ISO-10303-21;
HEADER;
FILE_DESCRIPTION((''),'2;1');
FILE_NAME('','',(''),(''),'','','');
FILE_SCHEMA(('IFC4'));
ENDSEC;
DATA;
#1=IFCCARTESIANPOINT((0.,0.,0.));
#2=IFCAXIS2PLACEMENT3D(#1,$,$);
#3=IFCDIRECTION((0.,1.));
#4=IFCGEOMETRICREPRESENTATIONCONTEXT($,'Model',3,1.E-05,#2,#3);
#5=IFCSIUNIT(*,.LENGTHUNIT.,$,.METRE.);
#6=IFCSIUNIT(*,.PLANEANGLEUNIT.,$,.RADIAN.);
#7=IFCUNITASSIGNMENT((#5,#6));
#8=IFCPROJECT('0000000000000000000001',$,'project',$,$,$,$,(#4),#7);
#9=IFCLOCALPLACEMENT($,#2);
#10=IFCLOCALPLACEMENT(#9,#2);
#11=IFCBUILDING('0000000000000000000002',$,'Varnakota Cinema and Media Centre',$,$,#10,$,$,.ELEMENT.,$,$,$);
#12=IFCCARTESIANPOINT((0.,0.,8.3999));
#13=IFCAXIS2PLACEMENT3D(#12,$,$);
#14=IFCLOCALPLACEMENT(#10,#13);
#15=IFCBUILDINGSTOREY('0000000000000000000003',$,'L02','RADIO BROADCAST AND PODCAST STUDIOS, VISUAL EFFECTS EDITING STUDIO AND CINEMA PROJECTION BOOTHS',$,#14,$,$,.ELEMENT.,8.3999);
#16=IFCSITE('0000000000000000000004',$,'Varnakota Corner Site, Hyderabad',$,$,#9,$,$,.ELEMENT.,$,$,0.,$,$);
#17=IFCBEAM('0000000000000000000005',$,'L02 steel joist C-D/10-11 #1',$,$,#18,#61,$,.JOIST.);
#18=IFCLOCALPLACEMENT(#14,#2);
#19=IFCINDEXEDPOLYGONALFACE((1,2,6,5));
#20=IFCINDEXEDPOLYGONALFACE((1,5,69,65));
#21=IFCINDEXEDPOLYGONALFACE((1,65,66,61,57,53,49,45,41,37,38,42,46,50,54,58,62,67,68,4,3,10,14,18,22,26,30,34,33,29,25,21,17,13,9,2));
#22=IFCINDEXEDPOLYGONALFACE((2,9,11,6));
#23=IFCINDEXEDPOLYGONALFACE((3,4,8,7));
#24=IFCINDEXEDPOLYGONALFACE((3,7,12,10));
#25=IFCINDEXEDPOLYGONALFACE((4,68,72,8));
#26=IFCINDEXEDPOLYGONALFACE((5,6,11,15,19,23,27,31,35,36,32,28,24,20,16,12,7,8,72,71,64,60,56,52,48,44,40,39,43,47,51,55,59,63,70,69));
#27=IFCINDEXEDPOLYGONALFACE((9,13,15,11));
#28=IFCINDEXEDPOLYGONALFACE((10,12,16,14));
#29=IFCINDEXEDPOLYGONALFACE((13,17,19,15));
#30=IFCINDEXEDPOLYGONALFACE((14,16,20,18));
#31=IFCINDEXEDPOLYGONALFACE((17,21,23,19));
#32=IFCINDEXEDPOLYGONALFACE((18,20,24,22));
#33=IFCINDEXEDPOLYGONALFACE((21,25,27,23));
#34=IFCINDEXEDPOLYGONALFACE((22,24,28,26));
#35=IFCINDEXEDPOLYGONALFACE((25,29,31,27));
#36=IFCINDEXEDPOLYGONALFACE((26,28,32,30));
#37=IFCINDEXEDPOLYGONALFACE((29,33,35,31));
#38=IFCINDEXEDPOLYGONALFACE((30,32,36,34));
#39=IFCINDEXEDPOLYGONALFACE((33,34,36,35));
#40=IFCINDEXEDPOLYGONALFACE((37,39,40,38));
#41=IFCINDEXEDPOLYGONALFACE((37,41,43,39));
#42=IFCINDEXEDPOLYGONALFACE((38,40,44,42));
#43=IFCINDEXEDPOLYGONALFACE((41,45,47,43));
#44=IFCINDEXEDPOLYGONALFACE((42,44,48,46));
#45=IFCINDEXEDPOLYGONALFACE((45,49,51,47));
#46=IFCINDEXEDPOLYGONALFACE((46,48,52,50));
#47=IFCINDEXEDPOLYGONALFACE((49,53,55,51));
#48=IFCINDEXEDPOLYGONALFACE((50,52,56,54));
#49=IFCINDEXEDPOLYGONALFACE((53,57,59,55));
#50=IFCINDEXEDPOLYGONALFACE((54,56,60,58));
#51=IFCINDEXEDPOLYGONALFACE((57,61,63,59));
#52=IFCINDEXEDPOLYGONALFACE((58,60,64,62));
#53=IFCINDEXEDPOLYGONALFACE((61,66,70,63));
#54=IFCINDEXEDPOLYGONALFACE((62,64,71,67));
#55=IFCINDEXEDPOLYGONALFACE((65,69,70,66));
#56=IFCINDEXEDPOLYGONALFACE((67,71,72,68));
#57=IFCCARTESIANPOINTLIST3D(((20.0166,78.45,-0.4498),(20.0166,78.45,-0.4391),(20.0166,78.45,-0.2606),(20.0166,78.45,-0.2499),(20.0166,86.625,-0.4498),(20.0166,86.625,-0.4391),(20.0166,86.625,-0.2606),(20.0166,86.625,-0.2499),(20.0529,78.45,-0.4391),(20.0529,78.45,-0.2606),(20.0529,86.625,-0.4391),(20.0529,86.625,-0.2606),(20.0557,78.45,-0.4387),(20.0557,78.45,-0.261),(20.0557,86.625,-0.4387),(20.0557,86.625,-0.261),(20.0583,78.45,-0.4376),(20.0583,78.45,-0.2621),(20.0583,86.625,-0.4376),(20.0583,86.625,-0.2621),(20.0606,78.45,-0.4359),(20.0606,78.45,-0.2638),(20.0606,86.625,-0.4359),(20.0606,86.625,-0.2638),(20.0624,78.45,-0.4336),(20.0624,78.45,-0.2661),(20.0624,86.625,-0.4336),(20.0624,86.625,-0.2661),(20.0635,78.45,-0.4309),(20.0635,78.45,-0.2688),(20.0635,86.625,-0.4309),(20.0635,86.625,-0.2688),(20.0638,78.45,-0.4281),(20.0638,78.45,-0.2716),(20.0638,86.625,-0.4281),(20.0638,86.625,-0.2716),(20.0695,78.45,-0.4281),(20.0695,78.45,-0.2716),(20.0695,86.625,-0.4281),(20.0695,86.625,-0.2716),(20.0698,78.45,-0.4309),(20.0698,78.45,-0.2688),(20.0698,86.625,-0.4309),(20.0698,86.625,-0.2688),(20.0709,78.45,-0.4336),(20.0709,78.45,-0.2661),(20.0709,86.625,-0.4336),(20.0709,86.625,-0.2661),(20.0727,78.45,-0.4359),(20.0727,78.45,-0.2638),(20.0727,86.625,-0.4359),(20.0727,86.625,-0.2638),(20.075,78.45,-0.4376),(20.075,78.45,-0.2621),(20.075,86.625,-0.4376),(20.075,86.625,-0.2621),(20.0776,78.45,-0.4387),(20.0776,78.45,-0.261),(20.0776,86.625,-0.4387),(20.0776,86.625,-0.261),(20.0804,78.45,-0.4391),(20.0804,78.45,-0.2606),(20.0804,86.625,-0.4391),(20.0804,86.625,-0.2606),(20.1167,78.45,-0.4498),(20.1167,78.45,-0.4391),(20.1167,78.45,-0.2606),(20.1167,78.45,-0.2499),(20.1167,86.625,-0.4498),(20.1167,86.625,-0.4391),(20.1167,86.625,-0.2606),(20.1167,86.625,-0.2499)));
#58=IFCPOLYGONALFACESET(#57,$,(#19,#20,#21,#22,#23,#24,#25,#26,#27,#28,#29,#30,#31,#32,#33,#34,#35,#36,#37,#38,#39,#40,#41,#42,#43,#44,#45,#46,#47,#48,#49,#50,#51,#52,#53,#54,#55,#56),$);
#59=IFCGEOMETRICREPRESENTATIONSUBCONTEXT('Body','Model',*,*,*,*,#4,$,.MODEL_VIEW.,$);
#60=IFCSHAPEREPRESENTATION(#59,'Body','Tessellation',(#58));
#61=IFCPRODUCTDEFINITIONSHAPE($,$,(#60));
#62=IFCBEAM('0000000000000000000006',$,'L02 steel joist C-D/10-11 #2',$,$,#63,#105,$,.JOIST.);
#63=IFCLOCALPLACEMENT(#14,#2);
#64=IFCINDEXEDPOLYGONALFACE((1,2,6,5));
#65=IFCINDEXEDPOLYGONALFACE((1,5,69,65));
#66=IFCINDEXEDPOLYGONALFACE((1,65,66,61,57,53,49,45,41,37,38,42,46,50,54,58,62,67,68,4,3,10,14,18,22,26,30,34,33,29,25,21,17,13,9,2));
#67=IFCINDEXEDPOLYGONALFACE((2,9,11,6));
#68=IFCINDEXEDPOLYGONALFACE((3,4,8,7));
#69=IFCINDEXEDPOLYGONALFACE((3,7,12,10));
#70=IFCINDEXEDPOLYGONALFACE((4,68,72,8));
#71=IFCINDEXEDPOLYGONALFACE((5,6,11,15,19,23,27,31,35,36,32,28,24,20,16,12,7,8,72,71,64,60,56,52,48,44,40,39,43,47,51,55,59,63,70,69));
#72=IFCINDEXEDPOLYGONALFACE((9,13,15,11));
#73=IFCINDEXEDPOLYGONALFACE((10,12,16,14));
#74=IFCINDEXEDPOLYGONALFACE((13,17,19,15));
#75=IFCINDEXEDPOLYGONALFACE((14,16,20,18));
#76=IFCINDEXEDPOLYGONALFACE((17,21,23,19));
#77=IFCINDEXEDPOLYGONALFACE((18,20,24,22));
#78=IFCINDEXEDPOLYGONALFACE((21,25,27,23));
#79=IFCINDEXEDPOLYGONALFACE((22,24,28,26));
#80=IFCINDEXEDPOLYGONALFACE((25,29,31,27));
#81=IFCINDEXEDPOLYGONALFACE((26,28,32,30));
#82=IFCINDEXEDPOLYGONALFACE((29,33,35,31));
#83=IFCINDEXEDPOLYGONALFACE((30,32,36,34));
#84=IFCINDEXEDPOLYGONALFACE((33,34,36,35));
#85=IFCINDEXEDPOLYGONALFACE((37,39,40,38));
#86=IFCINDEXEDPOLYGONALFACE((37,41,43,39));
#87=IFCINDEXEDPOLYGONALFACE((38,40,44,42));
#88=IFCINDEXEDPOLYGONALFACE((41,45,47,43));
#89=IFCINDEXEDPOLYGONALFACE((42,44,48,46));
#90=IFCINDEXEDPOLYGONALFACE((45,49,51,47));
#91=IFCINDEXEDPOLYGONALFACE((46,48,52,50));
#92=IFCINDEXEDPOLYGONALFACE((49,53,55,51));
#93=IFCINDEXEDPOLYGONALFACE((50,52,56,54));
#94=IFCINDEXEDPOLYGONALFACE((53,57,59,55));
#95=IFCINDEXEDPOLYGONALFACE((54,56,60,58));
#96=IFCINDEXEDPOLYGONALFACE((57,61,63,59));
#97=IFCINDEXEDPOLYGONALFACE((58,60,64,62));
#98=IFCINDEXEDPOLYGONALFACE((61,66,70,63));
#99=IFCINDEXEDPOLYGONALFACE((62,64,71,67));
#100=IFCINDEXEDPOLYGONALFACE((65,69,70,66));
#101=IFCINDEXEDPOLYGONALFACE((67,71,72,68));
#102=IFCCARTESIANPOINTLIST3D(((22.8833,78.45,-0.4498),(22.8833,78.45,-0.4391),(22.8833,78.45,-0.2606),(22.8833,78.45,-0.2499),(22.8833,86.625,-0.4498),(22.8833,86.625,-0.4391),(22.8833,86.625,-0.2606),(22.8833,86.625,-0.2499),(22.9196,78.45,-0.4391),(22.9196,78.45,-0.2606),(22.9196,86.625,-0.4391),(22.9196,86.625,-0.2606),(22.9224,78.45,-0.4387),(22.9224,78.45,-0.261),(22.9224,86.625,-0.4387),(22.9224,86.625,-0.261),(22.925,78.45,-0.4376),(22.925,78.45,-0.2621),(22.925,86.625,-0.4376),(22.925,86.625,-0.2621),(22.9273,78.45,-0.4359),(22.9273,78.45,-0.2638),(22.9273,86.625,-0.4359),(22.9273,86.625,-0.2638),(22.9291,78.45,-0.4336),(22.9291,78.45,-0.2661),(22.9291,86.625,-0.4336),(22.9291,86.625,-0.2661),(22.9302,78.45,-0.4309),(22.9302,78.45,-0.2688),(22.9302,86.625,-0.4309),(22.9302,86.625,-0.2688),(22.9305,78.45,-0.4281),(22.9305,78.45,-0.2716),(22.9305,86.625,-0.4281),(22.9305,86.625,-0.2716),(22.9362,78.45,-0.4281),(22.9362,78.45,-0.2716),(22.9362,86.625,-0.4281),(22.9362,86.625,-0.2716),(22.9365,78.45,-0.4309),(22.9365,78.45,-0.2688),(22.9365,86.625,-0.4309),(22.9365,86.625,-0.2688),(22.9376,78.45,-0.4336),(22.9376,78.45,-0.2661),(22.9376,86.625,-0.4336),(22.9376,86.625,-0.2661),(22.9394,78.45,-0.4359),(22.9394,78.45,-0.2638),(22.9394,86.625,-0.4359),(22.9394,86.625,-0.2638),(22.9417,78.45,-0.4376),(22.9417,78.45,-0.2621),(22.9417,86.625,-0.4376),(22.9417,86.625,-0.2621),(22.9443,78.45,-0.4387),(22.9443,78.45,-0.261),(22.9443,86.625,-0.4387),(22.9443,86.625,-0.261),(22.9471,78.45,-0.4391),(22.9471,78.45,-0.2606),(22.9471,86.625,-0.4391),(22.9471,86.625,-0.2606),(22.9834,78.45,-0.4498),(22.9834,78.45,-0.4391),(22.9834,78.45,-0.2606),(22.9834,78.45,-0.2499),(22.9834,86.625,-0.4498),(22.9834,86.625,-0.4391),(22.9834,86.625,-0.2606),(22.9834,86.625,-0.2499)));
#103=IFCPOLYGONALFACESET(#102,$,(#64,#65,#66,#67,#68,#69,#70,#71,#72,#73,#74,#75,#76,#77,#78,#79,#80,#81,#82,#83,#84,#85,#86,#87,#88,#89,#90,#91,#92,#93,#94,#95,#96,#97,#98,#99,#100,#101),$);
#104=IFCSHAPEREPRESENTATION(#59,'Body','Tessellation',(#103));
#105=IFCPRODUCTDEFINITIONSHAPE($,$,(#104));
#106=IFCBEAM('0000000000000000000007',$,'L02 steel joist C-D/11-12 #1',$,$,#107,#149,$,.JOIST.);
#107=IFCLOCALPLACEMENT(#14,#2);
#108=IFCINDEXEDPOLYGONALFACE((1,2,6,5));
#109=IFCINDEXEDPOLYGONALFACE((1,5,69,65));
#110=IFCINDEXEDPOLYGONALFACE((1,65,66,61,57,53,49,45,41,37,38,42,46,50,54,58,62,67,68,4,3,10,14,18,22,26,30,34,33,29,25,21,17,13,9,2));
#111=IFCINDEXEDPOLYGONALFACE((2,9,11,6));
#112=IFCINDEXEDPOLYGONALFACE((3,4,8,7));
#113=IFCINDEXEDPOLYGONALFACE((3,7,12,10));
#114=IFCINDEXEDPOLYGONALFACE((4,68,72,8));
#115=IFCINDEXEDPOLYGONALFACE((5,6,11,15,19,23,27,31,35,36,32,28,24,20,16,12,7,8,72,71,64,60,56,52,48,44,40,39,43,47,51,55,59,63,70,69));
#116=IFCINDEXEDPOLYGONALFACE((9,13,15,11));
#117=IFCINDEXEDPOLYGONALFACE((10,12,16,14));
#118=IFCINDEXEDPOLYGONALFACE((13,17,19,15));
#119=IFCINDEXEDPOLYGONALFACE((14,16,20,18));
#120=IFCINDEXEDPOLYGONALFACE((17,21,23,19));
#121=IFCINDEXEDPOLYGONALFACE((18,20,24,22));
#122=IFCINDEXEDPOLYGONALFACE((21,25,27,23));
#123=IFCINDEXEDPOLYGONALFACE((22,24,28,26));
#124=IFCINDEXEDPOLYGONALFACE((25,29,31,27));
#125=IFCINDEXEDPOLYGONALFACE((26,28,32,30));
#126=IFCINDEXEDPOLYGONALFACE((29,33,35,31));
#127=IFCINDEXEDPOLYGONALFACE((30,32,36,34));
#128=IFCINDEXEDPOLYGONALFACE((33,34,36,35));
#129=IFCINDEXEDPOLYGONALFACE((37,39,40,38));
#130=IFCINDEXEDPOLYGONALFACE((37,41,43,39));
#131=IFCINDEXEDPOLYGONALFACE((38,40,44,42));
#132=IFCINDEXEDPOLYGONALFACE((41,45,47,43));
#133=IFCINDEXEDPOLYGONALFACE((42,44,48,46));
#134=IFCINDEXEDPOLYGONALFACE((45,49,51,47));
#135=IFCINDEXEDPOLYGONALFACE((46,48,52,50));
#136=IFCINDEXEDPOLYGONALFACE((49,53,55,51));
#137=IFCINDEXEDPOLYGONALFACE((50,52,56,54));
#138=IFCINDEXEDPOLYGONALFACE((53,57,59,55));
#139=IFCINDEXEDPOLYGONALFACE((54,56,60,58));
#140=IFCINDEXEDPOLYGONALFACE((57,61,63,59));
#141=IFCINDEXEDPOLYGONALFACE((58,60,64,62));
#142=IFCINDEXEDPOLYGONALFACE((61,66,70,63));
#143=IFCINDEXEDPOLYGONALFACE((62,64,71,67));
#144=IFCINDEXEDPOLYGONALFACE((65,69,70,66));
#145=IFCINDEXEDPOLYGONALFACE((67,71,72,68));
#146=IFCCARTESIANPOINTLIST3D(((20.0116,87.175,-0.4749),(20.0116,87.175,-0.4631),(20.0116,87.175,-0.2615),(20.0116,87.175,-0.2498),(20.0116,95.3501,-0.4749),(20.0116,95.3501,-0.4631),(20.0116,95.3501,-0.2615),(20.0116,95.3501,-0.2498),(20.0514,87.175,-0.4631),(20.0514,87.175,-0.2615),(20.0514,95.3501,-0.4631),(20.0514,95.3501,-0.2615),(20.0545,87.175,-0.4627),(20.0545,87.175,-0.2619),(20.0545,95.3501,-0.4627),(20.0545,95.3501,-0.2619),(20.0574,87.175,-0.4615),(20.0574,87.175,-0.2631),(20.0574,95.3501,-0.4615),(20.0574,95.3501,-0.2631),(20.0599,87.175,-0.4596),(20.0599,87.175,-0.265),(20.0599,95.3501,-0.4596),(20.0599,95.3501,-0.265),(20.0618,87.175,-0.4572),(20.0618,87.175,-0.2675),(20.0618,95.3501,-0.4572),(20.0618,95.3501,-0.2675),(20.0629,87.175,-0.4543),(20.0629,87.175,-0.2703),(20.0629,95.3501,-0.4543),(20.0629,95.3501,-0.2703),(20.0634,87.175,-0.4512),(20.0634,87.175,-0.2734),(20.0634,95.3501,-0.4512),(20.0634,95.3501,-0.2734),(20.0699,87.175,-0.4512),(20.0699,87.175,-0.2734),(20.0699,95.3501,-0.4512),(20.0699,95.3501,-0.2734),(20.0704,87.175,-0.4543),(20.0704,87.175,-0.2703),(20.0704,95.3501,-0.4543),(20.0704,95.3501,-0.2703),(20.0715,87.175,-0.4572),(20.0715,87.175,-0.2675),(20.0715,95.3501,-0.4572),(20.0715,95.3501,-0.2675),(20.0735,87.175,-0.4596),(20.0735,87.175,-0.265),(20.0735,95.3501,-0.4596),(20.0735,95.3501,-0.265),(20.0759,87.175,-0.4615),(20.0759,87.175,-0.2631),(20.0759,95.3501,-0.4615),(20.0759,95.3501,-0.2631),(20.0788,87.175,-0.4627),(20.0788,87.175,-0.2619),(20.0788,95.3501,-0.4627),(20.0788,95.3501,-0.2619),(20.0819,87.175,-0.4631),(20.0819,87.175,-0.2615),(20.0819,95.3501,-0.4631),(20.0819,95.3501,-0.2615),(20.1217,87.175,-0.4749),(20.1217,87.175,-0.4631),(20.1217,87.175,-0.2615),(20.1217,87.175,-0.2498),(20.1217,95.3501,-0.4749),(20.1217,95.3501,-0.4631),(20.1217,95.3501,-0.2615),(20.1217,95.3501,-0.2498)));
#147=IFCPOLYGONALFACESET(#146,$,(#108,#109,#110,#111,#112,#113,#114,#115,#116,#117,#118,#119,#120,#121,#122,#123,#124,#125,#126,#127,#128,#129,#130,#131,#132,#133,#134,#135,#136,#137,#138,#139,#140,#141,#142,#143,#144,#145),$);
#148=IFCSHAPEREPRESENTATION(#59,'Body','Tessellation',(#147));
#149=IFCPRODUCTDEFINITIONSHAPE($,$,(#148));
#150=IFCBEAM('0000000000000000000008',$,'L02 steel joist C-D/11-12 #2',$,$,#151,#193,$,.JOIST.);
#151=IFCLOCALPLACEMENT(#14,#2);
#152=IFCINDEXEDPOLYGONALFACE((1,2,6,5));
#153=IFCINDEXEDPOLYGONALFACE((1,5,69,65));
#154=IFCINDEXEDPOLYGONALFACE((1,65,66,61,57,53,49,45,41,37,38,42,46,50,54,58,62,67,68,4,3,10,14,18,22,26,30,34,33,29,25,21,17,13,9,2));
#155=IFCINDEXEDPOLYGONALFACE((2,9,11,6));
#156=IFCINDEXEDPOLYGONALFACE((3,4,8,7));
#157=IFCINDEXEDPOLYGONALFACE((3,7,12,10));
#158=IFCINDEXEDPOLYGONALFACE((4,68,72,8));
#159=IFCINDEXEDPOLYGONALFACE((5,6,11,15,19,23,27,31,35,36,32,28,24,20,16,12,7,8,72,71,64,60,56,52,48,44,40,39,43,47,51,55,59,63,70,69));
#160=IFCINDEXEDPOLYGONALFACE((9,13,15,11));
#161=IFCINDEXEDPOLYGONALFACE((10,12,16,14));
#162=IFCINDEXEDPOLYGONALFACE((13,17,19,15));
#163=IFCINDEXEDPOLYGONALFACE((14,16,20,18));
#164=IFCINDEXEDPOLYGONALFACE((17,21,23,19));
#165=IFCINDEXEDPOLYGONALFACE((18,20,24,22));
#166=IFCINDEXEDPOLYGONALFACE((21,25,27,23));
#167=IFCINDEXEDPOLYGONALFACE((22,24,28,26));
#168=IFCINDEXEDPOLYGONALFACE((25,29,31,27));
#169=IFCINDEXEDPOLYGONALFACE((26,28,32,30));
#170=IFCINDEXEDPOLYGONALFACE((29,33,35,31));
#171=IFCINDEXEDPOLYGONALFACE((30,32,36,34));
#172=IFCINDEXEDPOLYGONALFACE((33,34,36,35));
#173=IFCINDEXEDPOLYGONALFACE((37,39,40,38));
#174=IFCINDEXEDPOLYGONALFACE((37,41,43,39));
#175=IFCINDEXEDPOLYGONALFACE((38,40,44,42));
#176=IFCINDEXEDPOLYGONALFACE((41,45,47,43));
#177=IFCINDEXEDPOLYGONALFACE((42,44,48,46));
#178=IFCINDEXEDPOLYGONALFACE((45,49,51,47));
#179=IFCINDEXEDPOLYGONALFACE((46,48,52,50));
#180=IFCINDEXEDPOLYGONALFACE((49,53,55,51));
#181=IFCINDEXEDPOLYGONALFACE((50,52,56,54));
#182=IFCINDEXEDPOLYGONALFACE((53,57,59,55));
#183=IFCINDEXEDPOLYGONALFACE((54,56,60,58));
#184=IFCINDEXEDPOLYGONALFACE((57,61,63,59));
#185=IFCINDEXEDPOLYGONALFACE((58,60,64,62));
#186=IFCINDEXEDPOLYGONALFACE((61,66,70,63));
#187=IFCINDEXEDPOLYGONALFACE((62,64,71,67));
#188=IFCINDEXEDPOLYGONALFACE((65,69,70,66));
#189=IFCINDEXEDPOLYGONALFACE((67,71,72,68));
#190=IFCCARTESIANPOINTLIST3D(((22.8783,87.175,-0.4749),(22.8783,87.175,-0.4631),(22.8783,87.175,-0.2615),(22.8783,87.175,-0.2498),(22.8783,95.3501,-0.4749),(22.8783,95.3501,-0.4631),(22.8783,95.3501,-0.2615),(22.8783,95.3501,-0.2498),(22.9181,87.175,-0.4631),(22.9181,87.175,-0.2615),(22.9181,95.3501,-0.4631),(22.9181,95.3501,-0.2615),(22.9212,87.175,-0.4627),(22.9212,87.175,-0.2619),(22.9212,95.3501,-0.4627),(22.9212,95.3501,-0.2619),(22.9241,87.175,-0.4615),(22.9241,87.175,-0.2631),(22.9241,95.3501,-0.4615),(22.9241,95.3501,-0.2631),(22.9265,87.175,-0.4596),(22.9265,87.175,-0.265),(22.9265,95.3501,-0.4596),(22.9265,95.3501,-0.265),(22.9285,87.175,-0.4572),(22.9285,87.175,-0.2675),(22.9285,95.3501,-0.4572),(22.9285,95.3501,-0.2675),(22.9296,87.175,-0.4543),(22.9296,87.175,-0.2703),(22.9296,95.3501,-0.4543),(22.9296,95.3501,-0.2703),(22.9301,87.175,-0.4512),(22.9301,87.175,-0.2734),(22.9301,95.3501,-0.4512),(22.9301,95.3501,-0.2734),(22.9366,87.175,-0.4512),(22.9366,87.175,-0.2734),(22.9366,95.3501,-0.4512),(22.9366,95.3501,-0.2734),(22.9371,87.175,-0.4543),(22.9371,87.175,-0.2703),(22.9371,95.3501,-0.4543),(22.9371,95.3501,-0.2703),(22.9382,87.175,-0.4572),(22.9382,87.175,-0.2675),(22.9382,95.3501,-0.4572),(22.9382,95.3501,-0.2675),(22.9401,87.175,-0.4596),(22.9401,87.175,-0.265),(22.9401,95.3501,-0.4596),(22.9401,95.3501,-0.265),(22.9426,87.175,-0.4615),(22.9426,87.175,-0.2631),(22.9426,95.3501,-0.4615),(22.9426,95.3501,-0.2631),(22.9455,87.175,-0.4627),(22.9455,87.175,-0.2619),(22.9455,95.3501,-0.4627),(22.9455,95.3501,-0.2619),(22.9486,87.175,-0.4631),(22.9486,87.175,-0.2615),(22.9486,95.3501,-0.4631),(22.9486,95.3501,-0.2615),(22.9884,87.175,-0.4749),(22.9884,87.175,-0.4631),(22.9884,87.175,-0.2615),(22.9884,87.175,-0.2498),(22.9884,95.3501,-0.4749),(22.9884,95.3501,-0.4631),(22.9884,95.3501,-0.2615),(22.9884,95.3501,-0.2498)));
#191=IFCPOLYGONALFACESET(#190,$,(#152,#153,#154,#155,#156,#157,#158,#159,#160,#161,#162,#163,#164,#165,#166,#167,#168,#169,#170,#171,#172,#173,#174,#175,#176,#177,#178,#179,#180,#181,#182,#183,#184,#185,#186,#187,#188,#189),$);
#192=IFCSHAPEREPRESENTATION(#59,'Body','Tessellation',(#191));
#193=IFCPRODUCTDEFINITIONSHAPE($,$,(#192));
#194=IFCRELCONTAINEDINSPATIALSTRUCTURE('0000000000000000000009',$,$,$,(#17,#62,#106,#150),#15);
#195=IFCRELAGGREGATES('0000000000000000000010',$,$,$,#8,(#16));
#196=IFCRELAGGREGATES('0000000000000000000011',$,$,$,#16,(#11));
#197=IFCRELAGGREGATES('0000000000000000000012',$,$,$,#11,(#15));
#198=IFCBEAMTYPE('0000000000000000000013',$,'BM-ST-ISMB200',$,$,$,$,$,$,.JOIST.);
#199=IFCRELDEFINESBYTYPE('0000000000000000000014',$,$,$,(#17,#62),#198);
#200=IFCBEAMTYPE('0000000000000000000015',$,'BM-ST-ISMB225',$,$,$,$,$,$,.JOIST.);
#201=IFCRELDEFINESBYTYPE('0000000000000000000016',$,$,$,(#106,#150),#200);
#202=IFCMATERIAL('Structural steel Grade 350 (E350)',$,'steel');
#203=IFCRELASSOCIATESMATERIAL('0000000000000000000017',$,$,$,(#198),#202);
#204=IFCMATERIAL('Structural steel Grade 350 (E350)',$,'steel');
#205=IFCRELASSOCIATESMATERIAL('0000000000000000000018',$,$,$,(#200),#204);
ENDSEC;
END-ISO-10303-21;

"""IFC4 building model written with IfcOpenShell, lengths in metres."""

from ifc_helpers import new_model, si_unit, direction, frame, origin, origin_2d, place, context, subcontext, project, spatial, i_section, extrude, material, material_profile, profile_set, type_object, element, save


model = new_model("IFC4")

# Units and contexts
model_context = context("Model", 3, precision=1e-05, world=origin(), true_north=direction((0.0, 1.0)))
body_context = subcontext(model_context, "Body", "Model", "MODEL_VIEW")
ifc_project = project(units=[si_unit("LENGTHUNIT", "METRE"), si_unit("PLANEANGLEUNIT", "RADIAN")], contexts=[model_context])

# Site, building, storey
site_placement = place(None, origin())
site = spatial("IfcSite", under=ifc_project, at=site_placement, Name="Varnakota Corner Site, Hyderabad", CompositionType="ELEMENT", RefElevation=0.0)
building_placement = place(site_placement, origin())
building = spatial("IfcBuilding", under=site, at=building_placement, Name="Varnakota Cinema and Media Centre", CompositionType="ELEMENT")
storey_placement = place(building_placement, frame((0.0, 0.0, 8.3999)))
storey = spatial("IfcBuildingStorey", under=building, at=storey_placement, Name="L02", Description="RADIO BROADCAST AND PODCAST STUDIOS, VISUAL EFFECTS EDITING STUDIO AND CINEMA PROJECTION BOOTHS", CompositionType="ELEMENT", Elevation=8.3999)

# Beams
ifc_material_1 = material(Name="Structural steel Grade 350 (E350)", Category="steel")
ifc_material_profile_1 = material_profile(ifc_material_1, i_section(OverallWidth=0.1001, OverallDepth=0.2, WebThickness=0.0056, FlangeThickness=0.0107, FilletRadius=0.011, at=origin_2d()), Name="ISMB 200")
ifc_profile_set_1 = profile_set([ifc_material_profile_1], Name="Structural steel Grade 350 (E350)")
beam_type_1 = type_object("IfcBeamType", Name="BM-ST-ISMB200", PredefinedType="JOIST", material=ifc_profile_set_1)
for number, where, z_axis, x_axis, name in (
    (1, (20.0667, 78.45, -0.3499), (0.0, 1.0, 0.0), (-1.0, 0.0, 0.0), "L02 steel joist C-D/10-11 #1"),
    (2, (22.9333, 78.45, -0.3499), (0.0, 1.0, 0.0), (-1.0, 0.0, 0.0), "L02 steel joist C-D/10-11 #2"),
):
    element("IfcBeam", number, at=place(storey_placement, frame(where, z_axis=z_axis, x_axis=x_axis)), inside=storey, type_object=beam_type_1, Name=name, PredefinedType="JOIST", context=body_context, shape_type="SweptSolid", body=[
        extrude(i_section(OverallWidth=0.1001, OverallDepth=0.2, WebThickness=0.0056, FlangeThickness=0.0107, FilletRadius=0.011, at=origin_2d()), origin(), (0.0, 0.0, 1.0), 8.175),
    ])
ifc_material_2 = material(Name="Structural steel Grade 350 (E350)", Category="steel")
ifc_material_profile_2 = material_profile(ifc_material_2, i_section(OverallWidth=0.1101, OverallDepth=0.2251, WebThickness=0.0066, FlangeThickness=0.0117, FilletRadius=0.012, at=origin_2d()), Name="ISMB 225")
ifc_profile_set_2 = profile_set([ifc_material_profile_2], Name="Structural steel Grade 350 (E350)")
beam_type_2 = type_object("IfcBeamType", Name="BM-ST-ISMB225", PredefinedType="JOIST", material=ifc_profile_set_2)
for number, where, z_axis, x_axis, name in (
    (3, (20.0667, 87.175, -0.3623), (0.0, 1.0, 0.0), (-1.0, 0.0, 0.0), "L02 steel joist C-D/11-12 #1"),
    (4, (22.9333, 87.175, -0.3623), (0.0, 1.0, 0.0), (-1.0, 0.0, 0.0), "L02 steel joist C-D/11-12 #2"),
):
    element("IfcBeam", number, at=place(storey_placement, frame(where, z_axis=z_axis, x_axis=x_axis)), inside=storey, type_object=beam_type_2, Name=name, PredefinedType="JOIST", context=body_context, shape_type="SweptSolid", body=[
        extrude(i_section(OverallWidth=0.1101, OverallDepth=0.2251, WebThickness=0.0066, FlangeThickness=0.0117, FilletRadius=0.012, at=origin_2d()), origin(), (0.0, 0.0, 1.0), 8.175),
    ])

save(model, "model.ifc")
